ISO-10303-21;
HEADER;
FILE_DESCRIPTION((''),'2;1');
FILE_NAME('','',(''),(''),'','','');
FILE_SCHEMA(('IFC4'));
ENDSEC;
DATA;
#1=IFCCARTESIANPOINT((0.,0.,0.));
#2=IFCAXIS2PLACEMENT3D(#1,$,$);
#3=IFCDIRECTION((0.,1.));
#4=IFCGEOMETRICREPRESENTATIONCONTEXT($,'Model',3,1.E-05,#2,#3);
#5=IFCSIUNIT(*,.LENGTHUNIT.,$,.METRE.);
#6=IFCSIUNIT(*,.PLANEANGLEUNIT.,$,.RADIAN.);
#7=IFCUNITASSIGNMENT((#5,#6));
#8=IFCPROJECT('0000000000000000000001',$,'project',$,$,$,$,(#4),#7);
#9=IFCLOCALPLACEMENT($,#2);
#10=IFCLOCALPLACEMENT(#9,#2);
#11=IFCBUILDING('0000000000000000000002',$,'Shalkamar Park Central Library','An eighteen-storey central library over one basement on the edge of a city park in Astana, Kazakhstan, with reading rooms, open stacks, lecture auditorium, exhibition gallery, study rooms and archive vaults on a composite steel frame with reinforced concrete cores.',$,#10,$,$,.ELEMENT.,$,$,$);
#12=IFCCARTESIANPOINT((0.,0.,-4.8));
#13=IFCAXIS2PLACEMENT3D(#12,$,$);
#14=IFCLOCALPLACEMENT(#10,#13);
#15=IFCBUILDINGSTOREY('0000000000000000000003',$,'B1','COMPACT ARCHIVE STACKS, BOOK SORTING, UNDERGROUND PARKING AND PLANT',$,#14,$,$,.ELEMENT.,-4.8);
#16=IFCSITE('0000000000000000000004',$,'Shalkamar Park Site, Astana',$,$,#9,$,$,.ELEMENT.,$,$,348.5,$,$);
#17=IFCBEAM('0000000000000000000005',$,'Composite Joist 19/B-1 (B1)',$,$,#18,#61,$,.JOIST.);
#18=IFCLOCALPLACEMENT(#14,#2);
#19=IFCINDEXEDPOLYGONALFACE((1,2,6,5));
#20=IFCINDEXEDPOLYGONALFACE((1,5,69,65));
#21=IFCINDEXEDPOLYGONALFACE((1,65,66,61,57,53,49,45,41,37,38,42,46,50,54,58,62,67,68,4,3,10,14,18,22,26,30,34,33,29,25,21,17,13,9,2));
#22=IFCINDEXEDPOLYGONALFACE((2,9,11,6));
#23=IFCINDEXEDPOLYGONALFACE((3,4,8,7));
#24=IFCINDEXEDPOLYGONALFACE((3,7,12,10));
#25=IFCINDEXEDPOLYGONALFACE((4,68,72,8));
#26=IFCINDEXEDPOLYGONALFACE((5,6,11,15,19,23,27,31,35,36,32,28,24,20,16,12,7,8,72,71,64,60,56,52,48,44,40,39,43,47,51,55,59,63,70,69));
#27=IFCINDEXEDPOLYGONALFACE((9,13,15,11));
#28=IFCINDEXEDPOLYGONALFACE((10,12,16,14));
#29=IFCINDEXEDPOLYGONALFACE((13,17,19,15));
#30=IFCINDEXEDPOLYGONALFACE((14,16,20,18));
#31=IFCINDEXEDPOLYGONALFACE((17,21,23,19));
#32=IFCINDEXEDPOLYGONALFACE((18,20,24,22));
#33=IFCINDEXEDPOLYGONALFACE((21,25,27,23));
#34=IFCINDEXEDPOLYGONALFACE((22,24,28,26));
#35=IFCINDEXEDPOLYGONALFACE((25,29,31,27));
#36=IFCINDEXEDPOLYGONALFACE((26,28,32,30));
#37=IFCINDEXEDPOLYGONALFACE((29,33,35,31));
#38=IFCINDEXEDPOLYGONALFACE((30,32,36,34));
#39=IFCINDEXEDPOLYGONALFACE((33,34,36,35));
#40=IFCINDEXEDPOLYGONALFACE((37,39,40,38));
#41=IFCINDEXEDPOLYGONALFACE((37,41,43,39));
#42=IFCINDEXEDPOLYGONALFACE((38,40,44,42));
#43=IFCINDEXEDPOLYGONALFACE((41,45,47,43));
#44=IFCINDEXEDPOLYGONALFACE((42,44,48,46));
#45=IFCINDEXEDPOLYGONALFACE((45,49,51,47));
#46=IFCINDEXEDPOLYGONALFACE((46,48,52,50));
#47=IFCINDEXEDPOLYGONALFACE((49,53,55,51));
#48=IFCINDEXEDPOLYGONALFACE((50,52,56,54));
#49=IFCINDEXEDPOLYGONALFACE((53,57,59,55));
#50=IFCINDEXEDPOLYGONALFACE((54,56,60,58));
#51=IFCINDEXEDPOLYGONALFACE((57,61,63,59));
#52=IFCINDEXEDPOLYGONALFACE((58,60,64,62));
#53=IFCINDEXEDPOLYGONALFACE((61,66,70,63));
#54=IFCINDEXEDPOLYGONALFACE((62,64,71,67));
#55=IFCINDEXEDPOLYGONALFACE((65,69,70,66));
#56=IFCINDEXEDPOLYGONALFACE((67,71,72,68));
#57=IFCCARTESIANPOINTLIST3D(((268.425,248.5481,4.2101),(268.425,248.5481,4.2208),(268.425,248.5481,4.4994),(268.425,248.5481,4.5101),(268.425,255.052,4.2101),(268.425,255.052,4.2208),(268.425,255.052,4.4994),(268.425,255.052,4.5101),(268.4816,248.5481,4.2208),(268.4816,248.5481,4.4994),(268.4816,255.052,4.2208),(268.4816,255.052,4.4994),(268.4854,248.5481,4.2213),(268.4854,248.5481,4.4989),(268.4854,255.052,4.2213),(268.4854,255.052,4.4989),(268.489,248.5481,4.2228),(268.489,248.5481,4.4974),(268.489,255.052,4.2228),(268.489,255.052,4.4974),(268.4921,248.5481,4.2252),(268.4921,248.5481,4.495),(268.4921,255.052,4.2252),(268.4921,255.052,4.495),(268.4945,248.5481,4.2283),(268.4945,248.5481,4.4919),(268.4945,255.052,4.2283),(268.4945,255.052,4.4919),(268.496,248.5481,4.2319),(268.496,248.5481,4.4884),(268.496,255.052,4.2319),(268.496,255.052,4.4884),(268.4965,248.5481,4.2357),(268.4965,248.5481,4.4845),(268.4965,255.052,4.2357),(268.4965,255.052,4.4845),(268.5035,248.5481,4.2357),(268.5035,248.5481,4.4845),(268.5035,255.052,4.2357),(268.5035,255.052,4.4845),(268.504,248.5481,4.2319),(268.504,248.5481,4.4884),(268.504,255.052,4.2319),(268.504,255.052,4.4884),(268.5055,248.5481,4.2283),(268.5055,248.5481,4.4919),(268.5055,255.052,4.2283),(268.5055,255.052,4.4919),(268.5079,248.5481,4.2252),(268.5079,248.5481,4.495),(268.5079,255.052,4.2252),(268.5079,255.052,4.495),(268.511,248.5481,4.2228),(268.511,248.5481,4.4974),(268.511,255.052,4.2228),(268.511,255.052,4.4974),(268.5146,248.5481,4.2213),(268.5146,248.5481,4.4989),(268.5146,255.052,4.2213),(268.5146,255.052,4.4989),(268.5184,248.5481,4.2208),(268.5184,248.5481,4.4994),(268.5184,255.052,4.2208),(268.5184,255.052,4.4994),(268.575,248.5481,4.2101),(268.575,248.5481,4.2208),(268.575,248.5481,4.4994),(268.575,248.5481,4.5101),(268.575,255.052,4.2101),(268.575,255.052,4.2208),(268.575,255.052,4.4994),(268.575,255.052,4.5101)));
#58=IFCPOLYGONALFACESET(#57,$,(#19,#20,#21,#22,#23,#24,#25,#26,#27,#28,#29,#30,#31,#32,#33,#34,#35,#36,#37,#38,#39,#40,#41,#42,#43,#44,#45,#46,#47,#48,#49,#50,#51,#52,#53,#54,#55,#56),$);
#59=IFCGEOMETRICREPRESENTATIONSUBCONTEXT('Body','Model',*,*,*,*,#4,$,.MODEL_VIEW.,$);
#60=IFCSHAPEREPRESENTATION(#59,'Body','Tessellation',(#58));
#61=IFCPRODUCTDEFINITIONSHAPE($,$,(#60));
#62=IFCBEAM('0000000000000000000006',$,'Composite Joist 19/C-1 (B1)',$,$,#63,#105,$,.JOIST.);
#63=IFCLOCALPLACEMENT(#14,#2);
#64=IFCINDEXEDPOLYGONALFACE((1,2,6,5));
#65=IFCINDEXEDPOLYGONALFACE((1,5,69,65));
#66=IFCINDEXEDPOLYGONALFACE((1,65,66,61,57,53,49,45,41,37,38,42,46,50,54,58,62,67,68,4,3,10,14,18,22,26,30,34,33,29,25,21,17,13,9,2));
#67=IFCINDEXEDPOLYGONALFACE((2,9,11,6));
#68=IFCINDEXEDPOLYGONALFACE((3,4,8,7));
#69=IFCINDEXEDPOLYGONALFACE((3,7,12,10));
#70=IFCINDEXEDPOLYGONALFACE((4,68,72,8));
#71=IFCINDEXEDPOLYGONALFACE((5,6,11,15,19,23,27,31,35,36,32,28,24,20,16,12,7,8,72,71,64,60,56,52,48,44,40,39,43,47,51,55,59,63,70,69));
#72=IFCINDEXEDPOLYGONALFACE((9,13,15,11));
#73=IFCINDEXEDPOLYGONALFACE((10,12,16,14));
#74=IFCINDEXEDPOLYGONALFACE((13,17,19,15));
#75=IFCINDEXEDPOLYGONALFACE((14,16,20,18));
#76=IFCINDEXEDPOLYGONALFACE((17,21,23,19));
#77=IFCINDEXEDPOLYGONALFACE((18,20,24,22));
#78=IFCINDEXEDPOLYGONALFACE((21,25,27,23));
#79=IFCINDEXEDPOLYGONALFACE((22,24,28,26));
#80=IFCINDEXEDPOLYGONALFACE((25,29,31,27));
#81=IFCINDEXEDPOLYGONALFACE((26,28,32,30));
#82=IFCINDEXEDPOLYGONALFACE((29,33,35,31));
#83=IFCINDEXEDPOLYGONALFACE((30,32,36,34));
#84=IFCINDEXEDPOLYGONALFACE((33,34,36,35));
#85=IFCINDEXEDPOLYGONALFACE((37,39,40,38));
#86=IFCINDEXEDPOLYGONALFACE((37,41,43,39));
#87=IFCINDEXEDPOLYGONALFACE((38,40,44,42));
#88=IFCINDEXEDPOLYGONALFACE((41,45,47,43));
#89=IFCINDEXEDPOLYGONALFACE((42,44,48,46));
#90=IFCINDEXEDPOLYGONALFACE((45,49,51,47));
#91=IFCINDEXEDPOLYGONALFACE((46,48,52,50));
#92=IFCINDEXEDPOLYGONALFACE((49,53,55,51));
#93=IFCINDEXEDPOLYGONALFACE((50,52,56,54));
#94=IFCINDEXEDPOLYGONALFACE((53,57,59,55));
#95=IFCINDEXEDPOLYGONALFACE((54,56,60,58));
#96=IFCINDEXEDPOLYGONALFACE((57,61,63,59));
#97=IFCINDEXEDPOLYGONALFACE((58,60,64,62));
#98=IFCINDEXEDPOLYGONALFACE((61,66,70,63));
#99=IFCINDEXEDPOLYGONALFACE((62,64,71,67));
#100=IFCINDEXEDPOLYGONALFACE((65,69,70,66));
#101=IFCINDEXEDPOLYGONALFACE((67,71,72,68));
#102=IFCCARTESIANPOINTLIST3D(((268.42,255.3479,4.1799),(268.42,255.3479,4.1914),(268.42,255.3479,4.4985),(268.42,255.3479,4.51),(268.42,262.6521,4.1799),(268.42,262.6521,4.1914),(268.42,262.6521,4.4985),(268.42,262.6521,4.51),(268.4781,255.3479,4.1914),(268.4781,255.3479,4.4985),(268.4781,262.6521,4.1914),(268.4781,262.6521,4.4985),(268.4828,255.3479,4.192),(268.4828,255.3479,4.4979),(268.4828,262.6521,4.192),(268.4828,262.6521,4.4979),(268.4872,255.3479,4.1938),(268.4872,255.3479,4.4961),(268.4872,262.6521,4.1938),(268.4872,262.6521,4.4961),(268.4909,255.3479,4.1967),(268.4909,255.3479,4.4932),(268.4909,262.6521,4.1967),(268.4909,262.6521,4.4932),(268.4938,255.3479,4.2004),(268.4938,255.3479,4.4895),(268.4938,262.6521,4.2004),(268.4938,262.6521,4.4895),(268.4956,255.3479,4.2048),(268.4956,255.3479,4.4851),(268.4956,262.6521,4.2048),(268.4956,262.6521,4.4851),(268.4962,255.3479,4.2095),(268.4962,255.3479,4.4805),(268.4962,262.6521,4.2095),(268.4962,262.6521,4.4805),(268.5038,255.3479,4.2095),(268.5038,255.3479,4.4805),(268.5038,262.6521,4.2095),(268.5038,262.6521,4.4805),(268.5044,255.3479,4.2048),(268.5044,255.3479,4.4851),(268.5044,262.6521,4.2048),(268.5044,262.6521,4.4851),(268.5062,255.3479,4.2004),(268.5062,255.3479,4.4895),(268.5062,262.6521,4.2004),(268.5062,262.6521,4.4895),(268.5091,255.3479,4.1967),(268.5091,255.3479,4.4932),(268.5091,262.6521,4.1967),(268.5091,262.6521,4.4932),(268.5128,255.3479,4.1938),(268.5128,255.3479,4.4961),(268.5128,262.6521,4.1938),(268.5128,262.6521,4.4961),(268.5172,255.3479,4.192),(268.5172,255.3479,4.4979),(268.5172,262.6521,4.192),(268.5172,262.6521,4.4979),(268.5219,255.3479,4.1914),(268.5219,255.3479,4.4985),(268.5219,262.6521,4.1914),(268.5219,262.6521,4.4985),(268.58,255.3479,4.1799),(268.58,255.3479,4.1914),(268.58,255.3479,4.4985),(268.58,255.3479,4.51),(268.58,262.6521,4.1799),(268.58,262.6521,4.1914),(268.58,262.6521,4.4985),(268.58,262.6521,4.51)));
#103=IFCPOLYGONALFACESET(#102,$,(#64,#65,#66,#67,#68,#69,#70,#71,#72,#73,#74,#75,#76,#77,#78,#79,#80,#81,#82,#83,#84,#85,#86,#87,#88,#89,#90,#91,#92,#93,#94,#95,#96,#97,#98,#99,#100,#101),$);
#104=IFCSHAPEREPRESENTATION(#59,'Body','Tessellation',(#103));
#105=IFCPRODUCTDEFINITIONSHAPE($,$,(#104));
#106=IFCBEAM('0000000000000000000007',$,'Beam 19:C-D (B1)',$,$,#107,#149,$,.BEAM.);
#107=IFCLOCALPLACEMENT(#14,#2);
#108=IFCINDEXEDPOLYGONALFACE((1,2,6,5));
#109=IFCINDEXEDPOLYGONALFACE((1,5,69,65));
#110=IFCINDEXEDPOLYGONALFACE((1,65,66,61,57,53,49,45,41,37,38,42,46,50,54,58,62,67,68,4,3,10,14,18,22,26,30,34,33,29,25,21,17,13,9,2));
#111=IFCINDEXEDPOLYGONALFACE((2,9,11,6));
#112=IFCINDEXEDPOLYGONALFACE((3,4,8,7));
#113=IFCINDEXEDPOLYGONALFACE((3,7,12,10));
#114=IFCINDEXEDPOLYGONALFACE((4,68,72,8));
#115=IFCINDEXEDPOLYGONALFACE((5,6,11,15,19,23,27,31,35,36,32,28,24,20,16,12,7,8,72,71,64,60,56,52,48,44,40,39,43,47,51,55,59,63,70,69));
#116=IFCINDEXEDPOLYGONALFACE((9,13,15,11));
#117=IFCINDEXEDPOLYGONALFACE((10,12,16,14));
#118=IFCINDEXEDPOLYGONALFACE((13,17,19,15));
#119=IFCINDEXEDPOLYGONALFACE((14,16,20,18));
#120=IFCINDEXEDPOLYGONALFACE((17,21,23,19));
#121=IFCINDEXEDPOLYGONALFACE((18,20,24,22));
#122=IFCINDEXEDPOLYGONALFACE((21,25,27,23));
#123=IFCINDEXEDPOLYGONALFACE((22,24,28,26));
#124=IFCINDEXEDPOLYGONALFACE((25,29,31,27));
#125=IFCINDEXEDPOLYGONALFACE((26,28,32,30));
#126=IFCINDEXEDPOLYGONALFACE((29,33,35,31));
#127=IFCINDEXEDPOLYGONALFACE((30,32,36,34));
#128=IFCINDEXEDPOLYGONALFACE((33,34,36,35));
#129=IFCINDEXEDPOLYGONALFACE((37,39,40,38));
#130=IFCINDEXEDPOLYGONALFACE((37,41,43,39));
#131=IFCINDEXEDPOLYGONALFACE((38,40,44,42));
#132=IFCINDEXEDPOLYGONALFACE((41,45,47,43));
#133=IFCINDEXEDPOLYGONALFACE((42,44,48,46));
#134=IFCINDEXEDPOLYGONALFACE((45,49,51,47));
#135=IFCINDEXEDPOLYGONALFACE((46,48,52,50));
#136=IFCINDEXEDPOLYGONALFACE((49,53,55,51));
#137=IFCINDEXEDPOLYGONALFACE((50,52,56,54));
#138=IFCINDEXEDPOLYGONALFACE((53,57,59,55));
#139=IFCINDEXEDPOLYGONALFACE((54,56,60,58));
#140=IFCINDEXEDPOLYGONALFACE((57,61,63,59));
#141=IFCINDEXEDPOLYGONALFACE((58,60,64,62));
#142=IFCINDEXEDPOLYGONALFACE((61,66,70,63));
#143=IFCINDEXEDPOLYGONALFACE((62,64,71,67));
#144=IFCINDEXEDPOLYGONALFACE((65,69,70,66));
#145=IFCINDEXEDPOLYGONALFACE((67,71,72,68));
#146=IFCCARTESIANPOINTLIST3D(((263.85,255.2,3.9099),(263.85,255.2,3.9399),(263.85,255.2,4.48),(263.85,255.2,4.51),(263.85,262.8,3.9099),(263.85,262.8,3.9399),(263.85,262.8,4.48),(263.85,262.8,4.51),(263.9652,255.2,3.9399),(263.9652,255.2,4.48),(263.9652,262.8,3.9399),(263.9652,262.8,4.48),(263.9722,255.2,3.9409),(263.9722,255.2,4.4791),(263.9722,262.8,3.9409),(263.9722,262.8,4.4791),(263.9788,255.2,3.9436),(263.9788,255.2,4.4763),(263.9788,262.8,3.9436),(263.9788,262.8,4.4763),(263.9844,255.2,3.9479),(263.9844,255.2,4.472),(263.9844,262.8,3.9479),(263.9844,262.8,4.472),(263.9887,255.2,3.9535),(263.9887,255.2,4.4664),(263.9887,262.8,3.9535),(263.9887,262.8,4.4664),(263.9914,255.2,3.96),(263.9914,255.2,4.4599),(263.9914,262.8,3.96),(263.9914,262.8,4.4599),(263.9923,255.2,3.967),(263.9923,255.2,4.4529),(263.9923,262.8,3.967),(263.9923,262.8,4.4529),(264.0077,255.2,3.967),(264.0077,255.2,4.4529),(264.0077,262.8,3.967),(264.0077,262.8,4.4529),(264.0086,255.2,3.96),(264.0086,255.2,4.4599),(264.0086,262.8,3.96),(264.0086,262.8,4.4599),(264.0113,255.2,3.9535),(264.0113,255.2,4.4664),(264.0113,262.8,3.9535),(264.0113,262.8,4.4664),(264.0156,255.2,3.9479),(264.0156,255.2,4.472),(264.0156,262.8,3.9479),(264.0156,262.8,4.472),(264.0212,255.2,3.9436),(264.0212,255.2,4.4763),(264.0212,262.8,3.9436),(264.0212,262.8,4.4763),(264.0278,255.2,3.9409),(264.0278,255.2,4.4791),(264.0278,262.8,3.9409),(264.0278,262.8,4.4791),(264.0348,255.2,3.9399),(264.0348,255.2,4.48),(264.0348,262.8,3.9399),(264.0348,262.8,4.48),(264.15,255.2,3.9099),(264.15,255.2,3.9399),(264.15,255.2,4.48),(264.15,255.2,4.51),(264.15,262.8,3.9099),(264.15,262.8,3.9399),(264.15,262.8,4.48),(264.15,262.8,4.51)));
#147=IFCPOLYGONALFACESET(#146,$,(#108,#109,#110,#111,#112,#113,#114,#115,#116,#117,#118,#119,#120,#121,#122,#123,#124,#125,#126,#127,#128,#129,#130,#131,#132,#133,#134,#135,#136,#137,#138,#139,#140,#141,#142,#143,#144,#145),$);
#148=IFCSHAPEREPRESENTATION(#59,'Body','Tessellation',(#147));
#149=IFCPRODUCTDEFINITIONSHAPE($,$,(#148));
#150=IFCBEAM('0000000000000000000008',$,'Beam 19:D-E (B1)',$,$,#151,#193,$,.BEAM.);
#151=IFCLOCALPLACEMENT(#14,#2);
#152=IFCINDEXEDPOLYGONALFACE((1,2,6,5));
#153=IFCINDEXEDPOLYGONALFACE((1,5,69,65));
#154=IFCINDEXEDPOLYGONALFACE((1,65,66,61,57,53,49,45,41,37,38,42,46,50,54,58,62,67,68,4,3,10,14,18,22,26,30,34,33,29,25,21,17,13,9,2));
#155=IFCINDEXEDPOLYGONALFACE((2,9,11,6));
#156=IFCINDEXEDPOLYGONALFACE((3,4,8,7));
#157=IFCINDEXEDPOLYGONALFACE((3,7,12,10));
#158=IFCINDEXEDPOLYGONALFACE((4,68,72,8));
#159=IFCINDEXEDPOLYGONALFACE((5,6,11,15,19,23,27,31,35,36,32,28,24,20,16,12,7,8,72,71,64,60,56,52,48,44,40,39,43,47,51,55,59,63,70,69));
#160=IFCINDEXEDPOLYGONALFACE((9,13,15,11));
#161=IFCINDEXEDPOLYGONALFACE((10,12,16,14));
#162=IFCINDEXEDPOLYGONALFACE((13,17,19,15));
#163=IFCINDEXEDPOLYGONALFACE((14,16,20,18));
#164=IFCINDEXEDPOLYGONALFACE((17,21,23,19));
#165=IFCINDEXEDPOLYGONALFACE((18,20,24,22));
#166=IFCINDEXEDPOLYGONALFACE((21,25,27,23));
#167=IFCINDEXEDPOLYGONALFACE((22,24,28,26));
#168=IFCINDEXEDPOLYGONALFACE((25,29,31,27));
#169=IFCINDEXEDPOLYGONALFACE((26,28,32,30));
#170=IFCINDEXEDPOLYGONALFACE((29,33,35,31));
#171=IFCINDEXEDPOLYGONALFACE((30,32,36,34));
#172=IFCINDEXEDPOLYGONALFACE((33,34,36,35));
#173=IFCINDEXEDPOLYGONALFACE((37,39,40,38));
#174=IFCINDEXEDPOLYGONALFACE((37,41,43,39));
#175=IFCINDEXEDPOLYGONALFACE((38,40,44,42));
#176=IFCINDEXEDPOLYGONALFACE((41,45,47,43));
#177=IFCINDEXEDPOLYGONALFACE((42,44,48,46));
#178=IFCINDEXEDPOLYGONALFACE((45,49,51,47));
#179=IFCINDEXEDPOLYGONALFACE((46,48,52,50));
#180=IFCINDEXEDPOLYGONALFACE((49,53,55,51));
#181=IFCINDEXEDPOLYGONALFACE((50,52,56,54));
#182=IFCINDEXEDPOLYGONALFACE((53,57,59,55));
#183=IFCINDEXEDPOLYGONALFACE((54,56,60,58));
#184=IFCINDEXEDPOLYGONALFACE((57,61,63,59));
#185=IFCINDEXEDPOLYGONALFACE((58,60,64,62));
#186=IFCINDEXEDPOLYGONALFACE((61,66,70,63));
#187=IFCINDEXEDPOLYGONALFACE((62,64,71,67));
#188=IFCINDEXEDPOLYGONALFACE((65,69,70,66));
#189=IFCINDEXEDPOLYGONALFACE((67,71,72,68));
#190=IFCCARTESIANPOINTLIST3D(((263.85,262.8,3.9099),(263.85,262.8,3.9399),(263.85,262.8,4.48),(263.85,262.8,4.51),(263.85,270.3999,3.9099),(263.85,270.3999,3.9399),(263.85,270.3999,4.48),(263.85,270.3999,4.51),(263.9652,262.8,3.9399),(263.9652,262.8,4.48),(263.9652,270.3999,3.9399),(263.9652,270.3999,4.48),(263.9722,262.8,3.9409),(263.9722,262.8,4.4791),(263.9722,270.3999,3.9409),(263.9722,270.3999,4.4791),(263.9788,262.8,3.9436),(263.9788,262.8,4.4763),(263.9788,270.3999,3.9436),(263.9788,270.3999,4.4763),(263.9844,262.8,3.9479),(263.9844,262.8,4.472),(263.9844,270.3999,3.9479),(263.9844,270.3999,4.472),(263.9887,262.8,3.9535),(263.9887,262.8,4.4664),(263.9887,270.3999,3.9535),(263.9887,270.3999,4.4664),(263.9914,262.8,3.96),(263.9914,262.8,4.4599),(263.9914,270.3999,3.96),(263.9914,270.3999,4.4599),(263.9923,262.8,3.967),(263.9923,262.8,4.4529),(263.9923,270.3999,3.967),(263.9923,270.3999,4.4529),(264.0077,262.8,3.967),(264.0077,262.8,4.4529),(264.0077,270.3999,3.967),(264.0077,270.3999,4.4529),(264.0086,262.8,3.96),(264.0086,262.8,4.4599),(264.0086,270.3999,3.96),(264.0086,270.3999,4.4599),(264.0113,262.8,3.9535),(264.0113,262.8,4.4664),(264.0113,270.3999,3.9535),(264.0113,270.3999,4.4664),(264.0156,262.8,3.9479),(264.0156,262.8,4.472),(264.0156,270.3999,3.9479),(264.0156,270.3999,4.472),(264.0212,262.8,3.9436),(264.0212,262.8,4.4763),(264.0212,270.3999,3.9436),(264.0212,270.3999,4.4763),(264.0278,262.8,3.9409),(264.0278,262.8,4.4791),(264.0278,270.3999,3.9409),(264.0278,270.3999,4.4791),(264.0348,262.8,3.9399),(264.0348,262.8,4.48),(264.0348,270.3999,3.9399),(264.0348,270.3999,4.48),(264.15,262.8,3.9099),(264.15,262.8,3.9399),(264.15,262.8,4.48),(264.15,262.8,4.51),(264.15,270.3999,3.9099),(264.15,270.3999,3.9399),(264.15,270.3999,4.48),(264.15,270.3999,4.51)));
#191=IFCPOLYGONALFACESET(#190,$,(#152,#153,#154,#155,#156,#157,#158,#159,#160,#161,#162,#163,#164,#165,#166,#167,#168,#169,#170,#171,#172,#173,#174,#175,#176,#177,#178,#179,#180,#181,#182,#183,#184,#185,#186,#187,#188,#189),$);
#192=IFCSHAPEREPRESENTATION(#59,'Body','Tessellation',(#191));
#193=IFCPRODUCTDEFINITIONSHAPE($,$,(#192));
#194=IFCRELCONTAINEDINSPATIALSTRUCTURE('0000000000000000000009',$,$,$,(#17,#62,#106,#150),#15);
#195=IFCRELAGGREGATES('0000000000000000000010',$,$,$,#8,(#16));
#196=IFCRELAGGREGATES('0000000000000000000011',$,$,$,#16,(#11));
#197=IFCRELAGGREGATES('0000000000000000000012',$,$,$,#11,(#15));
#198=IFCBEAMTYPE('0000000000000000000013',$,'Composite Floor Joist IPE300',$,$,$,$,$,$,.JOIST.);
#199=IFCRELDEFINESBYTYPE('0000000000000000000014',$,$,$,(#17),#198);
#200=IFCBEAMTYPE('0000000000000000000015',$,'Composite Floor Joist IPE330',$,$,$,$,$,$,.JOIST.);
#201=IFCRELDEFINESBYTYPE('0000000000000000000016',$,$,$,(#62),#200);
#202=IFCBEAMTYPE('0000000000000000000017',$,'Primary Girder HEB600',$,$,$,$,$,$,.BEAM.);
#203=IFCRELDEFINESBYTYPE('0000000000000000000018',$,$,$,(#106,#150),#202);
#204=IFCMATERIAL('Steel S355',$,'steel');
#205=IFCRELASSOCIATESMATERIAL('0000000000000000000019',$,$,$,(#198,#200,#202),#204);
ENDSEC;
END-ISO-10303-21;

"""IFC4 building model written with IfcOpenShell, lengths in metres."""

from ifc_helpers import new_model, si_unit, direction, frame, origin, origin_2d, place, context, subcontext, project, spatial, i_section, extrude, material, material_profile, profile_set, type_object, element, save


model = new_model("IFC4")

# Units and contexts
model_context = context("Model", 3, precision=1e-05, world=origin(), true_north=direction((0.0, 1.0)))
body_context = subcontext(model_context, "Body", "Model", "MODEL_VIEW")
ifc_project = project(units=[si_unit("LENGTHUNIT", "METRE"), si_unit("PLANEANGLEUNIT", "RADIAN")], contexts=[model_context])

# Site, building, storey
site_placement = place(None, origin())
site = spatial("IfcSite", under=ifc_project, at=site_placement, Name="Shalkamar Park Site, Astana", CompositionType="ELEMENT", RefElevation=348.5)
building_placement = place(site_placement, origin())
building = spatial("IfcBuilding", under=site, at=building_placement, Name="Shalkamar Park Central Library", Description="An eighteen-storey central library over one basement on the edge of a city park in Astana, Kazakhstan, with reading rooms, open stacks, lecture auditorium, exhibition gallery, study rooms and archive vaults on a composite steel frame with reinforced concrete cores.", CompositionType="ELEMENT")
storey_placement = place(building_placement, frame((0.0, 0.0, -4.8)))
storey = spatial("IfcBuildingStorey", under=building, at=storey_placement, Name="B1", Description="COMPACT ARCHIVE STACKS, BOOK SORTING, UNDERGROUND PARKING AND PLANT", CompositionType="ELEMENT", Elevation=-4.8)

# Shared definitions
ifc_material_1 = material(Name="Steel S355", Category="steel")

# Beams
ifc_material_profile_1 = material_profile(ifc_material_1, i_section(OverallWidth=0.1499, OverallDepth=0.3, WebThickness=0.0071, FlangeThickness=0.0107, FilletRadius=0.0149, at=origin_2d()), Name="IPE 300")
ifc_profile_set_1 = profile_set([ifc_material_profile_1], Name="Steel S355")
beam_type_1 = type_object("IfcBeamType", Name="Composite Floor Joist IPE300", PredefinedType="JOIST", material=ifc_profile_set_1)
beam_1_placement = place(storey_placement, frame((268.5, 248.5481, 4.3601), z_axis=(0.0, 1.0, 0.0), x_axis=(-1.0, 0.0, 0.0)))
element("IfcBeam", 1, at=beam_1_placement, inside=storey, type_object=beam_type_1, Name="Composite Joist 19/B-1 (B1)", PredefinedType="JOIST", context=body_context, shape_type="SweptSolid", body=[
    extrude(i_section(OverallWidth=0.1499, OverallDepth=0.3, WebThickness=0.0071, FlangeThickness=0.0107, FilletRadius=0.0149, at=origin_2d()), origin(), (0.0, 0.0, 1.0), 6.5039),
])
ifc_material_profile_2 = material_profile(ifc_material_1, i_section(OverallWidth=0.1599, OverallDepth=0.3301, WebThickness=0.0076, FlangeThickness=0.0115, FilletRadius=0.0181, at=origin_2d()), Name="IPE 330")
ifc_profile_set_2 = profile_set([ifc_material_profile_2], Name="Steel S355")
beam_type_2 = type_object("IfcBeamType", Name="Composite Floor Joist IPE330", PredefinedType="JOIST", material=ifc_profile_set_2)
beam_2_placement = place(storey_placement, frame((268.5, 255.3479, 4.345), z_axis=(0.0, 1.0, 0.0), x_axis=(-1.0, 0.0, 0.0)))
element("IfcBeam", 2, at=beam_2_placement, inside=storey, type_object=beam_type_2, Name="Composite Joist 19/C-1 (B1)", PredefinedType="JOIST", context=body_context, shape_type="SweptSolid", body=[
    extrude(i_section(OverallWidth=0.1599, OverallDepth=0.3301, WebThickness=0.0076, FlangeThickness=0.0115, FilletRadius=0.0181, at=origin_2d()), origin(), (0.0, 0.0, 1.0), 7.3042),
])
ifc_material_profile_3 = material_profile(ifc_material_1, i_section(OverallWidth=0.3, OverallDepth=0.6001, WebThickness=0.0154, FlangeThickness=0.03, FilletRadius=0.0271, at=origin_2d()), Name="HEB 600")
ifc_profile_set_3 = profile_set([ifc_material_profile_3], Name="Steel S355")
beam_type_3 = type_object("IfcBeamType", Name="Primary Girder HEB600", PredefinedType="BEAM", material=ifc_profile_set_3)
beam_3_placement = place(storey_placement, frame((264.0, 255.2, 4.21), z_axis=(0.0, 1.0, 0.0), x_axis=(-1.0, 0.0, 0.0)))
element("IfcBeam", 3, at=beam_3_placement, inside=storey, type_object=beam_type_3, Name="Beam 19:C-D (B1)", PredefinedType="BEAM", context=body_context, shape_type="SweptSolid", body=[
    extrude(i_section(OverallWidth=0.3, OverallDepth=0.6001, WebThickness=0.0154, FlangeThickness=0.03, FilletRadius=0.0271, at=origin_2d()), origin(), (0.0, 0.0, 1.0), 7.6001),
])
beam_4_placement = place(storey_placement, frame((264.0, 262.8, 4.21), z_axis=(0.0, 1.0, 0.0), x_axis=(-1.0, 0.0, 0.0)))
element("IfcBeam", 4, at=beam_4_placement, inside=storey, type_object=beam_type_3, Name="Beam 19:D-E (B1)", PredefinedType="BEAM", context=body_context, shape_type="SweptSolid", body=[
    extrude(i_section(OverallWidth=0.3, OverallDepth=0.6001, WebThickness=0.0154, FlangeThickness=0.03, FilletRadius=0.0271, at=origin_2d()), origin(), (0.0, 0.0, 1.0), 7.5999),
])

save(model, "model.ifc")
